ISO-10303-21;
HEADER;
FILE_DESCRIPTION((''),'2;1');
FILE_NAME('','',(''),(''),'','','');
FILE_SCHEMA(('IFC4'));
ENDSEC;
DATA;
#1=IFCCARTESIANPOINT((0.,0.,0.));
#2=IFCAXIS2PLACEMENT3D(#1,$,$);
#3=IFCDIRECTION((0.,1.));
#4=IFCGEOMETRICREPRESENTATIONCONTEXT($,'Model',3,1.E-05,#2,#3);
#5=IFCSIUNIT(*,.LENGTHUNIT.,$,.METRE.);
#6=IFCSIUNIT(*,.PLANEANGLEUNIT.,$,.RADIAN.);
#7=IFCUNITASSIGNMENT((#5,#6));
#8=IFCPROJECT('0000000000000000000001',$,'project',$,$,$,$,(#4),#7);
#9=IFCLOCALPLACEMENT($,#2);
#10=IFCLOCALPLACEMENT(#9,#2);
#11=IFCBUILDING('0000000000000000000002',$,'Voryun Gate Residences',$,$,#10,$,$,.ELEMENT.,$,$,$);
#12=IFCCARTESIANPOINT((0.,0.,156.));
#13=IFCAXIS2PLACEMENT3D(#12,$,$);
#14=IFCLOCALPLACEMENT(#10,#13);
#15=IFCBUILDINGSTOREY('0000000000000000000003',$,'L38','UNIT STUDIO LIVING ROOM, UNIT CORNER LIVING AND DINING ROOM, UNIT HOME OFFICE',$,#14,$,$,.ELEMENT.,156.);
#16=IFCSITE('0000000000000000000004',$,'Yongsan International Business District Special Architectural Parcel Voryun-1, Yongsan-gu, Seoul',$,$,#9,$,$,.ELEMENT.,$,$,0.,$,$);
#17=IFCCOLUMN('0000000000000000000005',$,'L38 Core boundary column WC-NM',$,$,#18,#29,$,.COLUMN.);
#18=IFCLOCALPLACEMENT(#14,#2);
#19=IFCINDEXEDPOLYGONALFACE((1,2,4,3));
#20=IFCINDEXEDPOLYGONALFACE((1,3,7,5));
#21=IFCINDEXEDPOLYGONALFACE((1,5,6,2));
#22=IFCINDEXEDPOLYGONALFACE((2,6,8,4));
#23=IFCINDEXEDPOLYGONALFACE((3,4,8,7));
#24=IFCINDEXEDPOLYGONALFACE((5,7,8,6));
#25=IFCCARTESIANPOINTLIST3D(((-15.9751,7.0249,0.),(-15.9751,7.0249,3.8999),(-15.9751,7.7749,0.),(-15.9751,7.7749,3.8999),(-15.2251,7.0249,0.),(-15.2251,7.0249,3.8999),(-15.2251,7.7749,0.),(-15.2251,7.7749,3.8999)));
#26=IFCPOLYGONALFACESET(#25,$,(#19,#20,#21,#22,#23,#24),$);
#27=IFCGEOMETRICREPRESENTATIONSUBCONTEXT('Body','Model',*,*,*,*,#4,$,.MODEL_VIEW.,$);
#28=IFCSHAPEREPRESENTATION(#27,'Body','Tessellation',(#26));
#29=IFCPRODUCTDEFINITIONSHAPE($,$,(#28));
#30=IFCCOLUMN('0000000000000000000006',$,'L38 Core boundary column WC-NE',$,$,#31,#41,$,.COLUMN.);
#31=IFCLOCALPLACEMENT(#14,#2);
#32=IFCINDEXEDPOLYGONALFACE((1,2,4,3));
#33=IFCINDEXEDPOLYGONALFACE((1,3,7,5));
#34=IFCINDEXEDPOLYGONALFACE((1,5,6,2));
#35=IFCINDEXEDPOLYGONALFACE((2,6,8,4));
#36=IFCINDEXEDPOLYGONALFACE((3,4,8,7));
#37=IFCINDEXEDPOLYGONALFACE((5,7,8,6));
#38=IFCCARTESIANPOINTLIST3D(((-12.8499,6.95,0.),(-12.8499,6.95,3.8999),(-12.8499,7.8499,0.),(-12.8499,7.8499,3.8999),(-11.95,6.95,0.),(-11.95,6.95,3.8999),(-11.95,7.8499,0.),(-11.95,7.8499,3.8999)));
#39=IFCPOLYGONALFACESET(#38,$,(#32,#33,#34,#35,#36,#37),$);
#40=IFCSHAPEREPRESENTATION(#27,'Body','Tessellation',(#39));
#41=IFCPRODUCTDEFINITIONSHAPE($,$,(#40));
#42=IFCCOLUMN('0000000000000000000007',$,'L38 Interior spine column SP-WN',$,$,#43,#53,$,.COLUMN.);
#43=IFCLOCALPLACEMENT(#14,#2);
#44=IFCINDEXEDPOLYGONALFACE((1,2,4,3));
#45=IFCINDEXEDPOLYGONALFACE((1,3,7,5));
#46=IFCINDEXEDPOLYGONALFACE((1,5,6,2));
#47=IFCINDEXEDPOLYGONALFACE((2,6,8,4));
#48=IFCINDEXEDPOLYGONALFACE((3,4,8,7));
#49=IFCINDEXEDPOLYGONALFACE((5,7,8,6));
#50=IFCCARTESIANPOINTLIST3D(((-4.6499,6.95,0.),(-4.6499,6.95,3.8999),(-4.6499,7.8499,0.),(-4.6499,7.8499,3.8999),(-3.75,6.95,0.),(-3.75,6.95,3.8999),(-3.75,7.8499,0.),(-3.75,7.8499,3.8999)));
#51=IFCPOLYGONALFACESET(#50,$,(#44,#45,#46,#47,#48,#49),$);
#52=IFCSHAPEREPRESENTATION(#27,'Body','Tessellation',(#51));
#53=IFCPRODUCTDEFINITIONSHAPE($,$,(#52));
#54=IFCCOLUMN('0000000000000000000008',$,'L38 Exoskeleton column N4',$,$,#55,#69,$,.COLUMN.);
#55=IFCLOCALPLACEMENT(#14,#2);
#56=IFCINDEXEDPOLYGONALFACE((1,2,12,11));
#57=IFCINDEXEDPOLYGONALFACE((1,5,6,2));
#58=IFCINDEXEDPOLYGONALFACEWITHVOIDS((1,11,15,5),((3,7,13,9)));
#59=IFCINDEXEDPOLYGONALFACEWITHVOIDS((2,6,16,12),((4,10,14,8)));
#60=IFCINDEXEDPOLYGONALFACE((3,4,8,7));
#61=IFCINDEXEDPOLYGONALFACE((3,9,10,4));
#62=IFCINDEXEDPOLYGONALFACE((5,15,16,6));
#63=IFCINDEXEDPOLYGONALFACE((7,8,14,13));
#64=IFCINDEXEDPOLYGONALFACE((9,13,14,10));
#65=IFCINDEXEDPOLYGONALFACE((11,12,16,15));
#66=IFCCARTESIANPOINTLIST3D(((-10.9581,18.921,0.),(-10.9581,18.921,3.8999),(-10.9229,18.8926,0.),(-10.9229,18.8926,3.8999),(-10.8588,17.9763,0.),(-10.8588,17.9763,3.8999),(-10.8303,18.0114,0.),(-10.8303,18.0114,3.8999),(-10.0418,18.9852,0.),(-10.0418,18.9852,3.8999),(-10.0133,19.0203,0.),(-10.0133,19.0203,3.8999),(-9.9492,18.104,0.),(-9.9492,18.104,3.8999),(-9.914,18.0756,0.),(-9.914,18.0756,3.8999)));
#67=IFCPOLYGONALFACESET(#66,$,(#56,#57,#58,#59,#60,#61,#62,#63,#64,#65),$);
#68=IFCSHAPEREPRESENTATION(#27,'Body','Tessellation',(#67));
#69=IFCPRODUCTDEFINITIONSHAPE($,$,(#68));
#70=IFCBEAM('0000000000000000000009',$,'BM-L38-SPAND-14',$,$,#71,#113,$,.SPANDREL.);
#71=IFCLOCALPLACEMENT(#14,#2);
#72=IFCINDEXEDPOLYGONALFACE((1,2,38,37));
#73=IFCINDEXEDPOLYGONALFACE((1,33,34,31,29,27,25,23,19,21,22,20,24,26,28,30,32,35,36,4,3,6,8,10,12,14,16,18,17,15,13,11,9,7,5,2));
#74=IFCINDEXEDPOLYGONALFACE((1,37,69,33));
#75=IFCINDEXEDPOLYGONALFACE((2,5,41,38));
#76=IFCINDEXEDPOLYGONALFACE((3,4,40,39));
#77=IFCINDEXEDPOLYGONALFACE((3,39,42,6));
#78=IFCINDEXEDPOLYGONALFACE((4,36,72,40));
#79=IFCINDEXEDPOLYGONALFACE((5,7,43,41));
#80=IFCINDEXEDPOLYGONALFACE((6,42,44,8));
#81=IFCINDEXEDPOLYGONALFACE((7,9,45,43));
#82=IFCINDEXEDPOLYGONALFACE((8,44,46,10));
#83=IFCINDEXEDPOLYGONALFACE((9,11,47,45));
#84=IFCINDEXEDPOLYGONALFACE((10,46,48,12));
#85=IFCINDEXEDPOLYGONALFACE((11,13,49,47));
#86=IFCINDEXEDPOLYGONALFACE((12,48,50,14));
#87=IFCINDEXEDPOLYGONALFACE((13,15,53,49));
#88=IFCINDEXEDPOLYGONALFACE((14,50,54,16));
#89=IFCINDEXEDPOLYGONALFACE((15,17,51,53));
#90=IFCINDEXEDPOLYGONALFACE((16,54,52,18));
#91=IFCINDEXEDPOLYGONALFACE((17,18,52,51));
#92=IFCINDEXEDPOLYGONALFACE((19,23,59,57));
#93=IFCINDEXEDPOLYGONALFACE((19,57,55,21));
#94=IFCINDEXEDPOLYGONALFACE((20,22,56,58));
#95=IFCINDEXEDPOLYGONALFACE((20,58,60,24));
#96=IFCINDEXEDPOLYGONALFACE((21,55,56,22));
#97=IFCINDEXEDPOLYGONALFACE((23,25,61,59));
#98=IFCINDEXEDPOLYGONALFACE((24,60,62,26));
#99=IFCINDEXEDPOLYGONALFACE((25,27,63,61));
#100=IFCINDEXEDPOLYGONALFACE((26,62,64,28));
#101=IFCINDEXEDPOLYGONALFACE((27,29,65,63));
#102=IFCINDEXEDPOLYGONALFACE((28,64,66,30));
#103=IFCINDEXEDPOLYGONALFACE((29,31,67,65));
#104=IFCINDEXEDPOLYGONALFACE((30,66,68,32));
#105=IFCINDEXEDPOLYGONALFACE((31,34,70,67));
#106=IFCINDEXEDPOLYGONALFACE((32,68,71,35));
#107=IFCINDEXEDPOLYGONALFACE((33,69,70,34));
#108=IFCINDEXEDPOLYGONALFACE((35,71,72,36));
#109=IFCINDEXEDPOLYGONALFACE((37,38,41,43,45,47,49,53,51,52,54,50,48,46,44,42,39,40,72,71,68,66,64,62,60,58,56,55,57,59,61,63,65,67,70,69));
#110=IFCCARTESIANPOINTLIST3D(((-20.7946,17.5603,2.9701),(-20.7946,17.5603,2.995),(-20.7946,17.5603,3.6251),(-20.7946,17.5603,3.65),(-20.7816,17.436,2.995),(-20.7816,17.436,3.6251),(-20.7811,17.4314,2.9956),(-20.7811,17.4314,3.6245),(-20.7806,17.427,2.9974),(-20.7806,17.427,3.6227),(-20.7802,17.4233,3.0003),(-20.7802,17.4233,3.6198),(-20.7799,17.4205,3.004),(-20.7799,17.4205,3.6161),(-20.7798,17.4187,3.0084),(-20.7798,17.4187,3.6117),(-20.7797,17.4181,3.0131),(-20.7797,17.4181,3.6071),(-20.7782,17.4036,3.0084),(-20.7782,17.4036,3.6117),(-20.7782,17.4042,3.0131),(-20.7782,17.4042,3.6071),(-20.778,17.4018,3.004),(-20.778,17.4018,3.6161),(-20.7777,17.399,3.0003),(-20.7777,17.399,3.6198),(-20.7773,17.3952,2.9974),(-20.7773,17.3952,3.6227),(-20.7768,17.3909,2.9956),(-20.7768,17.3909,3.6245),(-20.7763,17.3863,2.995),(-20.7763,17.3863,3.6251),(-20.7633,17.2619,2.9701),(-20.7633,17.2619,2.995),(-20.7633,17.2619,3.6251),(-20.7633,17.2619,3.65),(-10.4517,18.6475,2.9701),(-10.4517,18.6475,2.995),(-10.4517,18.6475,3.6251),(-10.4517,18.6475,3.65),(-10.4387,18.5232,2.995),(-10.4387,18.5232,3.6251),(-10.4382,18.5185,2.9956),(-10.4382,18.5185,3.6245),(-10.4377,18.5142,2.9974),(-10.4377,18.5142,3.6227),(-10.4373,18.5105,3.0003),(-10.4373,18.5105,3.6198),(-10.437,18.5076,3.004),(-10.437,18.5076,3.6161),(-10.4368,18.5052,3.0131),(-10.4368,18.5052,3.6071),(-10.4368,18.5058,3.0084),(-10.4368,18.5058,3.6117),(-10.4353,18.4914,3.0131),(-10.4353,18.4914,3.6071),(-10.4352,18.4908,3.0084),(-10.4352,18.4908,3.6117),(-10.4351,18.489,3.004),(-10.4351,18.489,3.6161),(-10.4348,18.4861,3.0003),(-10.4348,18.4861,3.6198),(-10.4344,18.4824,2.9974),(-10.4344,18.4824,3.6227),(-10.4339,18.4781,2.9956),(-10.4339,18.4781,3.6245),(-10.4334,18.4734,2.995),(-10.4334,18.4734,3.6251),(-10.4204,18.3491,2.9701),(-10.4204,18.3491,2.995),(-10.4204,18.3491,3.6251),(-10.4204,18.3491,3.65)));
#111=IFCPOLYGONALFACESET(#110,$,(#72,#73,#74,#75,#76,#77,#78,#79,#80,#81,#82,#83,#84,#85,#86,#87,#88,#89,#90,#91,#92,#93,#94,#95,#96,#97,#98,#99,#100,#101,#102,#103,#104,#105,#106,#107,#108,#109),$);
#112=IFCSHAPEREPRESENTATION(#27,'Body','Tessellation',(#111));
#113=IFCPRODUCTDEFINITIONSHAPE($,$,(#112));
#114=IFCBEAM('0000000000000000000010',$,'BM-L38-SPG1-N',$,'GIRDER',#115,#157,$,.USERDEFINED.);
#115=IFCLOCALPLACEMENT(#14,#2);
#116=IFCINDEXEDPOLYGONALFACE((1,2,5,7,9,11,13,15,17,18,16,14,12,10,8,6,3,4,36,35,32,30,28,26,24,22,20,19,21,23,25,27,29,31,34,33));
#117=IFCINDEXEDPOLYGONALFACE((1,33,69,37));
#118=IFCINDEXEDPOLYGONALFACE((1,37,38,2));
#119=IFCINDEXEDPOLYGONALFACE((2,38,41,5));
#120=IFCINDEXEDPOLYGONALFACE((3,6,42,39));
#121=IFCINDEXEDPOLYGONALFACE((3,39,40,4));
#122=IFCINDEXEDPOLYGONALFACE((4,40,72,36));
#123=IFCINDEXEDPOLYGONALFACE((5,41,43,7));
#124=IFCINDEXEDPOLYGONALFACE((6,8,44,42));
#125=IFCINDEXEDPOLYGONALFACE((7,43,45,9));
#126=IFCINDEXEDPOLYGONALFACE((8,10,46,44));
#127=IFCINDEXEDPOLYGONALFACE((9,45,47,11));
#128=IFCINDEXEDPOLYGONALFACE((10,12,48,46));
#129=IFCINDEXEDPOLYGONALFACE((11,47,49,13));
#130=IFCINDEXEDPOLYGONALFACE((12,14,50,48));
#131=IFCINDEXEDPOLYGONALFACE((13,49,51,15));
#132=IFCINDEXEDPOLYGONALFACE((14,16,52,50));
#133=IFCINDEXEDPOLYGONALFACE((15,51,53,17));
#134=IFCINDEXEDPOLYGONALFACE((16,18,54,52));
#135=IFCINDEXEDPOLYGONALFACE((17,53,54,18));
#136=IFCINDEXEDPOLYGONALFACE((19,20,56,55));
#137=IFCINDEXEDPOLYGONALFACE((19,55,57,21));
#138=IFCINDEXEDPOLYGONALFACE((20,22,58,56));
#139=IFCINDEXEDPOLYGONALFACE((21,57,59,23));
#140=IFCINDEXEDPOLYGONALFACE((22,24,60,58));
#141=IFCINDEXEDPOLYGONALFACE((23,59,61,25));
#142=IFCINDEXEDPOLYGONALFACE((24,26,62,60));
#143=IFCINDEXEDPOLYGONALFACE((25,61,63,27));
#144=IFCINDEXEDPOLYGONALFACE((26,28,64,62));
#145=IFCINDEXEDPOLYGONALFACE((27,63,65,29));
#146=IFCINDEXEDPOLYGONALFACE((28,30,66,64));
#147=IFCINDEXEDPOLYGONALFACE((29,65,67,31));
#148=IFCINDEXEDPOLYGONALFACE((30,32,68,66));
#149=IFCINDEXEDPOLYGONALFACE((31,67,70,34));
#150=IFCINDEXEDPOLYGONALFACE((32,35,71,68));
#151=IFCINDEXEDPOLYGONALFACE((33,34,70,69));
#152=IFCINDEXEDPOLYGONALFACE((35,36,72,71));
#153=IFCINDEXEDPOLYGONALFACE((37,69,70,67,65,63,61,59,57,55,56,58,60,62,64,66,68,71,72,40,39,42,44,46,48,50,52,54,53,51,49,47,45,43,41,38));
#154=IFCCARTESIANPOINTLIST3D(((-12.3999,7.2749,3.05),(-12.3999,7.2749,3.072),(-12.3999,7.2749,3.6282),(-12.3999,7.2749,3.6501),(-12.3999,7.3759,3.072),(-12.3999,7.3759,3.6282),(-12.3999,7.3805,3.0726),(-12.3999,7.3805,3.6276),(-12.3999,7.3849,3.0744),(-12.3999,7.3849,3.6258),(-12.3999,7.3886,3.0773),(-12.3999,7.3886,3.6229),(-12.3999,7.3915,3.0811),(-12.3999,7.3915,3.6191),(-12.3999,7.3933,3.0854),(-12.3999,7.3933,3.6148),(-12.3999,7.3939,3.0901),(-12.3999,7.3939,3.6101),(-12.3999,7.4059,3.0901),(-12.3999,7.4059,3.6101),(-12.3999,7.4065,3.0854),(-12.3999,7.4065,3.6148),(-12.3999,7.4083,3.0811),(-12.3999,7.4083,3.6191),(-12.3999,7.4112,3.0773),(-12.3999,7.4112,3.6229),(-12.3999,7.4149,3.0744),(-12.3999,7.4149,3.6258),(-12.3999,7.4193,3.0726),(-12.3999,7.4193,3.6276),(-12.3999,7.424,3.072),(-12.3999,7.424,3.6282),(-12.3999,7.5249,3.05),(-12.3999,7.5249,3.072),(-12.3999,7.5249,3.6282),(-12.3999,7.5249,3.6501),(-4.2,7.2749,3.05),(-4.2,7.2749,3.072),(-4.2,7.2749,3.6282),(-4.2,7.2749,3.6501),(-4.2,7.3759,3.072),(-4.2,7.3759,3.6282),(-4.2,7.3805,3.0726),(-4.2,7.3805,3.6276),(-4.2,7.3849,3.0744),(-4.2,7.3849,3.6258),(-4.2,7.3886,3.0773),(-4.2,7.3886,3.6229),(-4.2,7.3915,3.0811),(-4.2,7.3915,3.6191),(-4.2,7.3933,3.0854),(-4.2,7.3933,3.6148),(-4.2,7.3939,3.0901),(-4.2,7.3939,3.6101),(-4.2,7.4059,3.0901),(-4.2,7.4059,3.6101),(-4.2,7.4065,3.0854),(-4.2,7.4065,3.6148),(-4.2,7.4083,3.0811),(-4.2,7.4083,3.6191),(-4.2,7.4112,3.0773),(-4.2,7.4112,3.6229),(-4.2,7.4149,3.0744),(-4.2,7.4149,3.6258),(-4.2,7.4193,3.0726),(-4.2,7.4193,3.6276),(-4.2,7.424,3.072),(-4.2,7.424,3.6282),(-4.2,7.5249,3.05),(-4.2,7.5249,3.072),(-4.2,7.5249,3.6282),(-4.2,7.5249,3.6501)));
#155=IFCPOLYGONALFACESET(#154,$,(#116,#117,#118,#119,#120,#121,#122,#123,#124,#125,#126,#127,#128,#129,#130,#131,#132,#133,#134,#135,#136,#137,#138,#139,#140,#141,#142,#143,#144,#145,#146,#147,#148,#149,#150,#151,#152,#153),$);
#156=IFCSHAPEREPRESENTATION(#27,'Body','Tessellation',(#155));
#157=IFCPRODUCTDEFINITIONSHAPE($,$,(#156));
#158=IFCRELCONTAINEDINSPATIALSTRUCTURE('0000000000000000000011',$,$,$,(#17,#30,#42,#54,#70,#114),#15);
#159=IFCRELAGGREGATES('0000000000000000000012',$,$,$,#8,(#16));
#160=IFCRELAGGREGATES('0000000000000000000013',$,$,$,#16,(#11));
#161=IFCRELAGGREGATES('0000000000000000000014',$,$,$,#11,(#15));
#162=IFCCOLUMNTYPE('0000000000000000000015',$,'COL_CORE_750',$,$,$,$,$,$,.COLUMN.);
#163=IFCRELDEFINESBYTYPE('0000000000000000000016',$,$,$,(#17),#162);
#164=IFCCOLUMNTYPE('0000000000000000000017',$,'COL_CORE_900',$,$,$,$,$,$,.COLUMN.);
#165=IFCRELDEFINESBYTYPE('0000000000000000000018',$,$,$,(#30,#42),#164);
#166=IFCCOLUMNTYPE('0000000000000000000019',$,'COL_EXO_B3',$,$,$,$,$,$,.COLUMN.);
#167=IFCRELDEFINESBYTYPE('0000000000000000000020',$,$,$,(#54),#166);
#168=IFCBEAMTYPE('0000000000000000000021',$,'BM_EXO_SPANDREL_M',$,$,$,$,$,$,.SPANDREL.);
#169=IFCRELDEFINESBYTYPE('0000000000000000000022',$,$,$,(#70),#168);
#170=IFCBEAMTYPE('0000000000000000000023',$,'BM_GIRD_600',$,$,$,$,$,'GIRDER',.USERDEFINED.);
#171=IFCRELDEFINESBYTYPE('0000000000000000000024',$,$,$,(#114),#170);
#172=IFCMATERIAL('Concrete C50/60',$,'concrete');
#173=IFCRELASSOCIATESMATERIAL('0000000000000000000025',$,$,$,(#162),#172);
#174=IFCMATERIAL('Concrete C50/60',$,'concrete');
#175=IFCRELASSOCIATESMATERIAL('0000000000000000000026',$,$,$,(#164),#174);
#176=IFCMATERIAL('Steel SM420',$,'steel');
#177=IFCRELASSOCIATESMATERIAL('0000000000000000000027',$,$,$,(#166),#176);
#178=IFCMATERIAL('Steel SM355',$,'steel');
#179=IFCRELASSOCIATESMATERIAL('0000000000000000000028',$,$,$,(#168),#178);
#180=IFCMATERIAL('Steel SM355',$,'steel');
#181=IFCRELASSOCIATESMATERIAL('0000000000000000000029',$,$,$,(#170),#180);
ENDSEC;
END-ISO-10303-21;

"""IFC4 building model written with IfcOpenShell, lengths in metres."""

from ifc_helpers import new_model, si_unit, direction, frame, origin, origin_2d, place, context, subcontext, project, spatial, rectangle, hollow_rectangle, i_section, extrude, material, material_profile, profile_set, type_object, element, save


model = new_model("IFC4")

# Units and contexts
model_context = context("Model", 3, precision=1e-05, world=origin(), true_north=direction((0.0, 1.0)))
body_context = subcontext(model_context, "Body", "Model", "MODEL_VIEW")
ifc_project = project(units=[si_unit("LENGTHUNIT", "METRE"), si_unit("PLANEANGLEUNIT", "RADIAN")], contexts=[model_context])

# Site, building, storey
site_placement = place(None, origin())
site = spatial("IfcSite", under=ifc_project, at=site_placement, Name="Yongsan International Business District Special Architectural Parcel Voryun-1, Yongsan-gu, Seoul", CompositionType="ELEMENT", RefElevation=0.0)
building_placement = place(site_placement, origin())
building = spatial("IfcBuilding", under=site, at=building_placement, Name="Voryun Gate Residences", CompositionType="ELEMENT")
storey_placement = place(building_placement, frame((0.0, 0.0, 156.0)))
storey = spatial("IfcBuildingStorey", under=building, at=storey_placement, Name="L38", Description="UNIT STUDIO LIVING ROOM, UNIT CORNER LIVING AND DINING ROOM, UNIT HOME OFFICE", CompositionType="ELEMENT", Elevation=156.0)

# Columns
ifc_material_1 = material(Name="Concrete C50/60", Category="concrete")
ifc_material_profile_1 = material_profile(ifc_material_1, rectangle(XDim=0.75, YDim=0.75, at=origin_2d()), Name="RC-750x750")
ifc_profile_set_1 = profile_set([ifc_material_profile_1], Name="Concrete C50/60")
column_type_1 = type_object("IfcColumnType", Name="COL_CORE_750", PredefinedType="COLUMN", material=ifc_profile_set_1)
column_1_placement = place(storey_placement, frame((-15.6001, 7.3999, 0.0), z_axis=(0.0, 0.0, 1.0), x_axis=(1.0, 0.0, 0.0)))
element("IfcColumn", 1, at=column_1_placement, inside=storey, type_object=column_type_1, Name="L38 Core boundary column WC-NM", PredefinedType="COLUMN", context=body_context, shape_type="SweptSolid", body=[
    extrude(rectangle(XDim=0.75, YDim=0.75, at=origin_2d()), origin(), (0.0, 0.0, 1.0), 3.8999),
])
ifc_material_2 = material(Name="Concrete C50/60", Category="concrete")
ifc_material_profile_2 = material_profile(ifc_material_2, rectangle(XDim=0.8999, YDim=0.8999, at=origin_2d()), Name="RC-900x900")
ifc_profile_set_2 = profile_set([ifc_material_profile_2], Name="Concrete C50/60")
column_type_2 = type_object("IfcColumnType", Name="COL_CORE_900", PredefinedType="COLUMN", material=ifc_profile_set_2)
for number, where, z_axis, x_axis, name in (
    (2, (-12.3999, 7.3999, 0.0), (0.0, 0.0, 1.0), (1.0, 0.0, 0.0), "L38 Core boundary column WC-NE"),
    (3, (-4.2, 7.3999, 0.0), (0.0, 0.0, 1.0), (1.0, 0.0, 0.0), "L38 Interior spine column SP-WN"),
):
    element("IfcColumn", number, at=place(storey_placement, frame(where, z_axis=z_axis, x_axis=x_axis)), inside=storey, type_object=column_type_2, Name=name, PredefinedType="COLUMN", context=body_context, shape_type="SweptSolid", body=[
        extrude(rectangle(XDim=0.8999, YDim=0.8999, at=origin_2d()), origin(), (0.0, 0.0, 1.0), 3.8999),
    ])
ifc_material_3 = material(Name="Steel SM420", Category="steel")
ifc_material_profile_3 = material_profile(ifc_material_3, hollow_rectangle(XDim=0.95, YDim=0.95, WallThickness=0.032, at=origin_2d()), Name="BOX-950x950x32")
ifc_profile_set_3 = profile_set([ifc_material_profile_3], Name="Steel SM420")
column_type_3 = type_object("IfcColumnType", Name="COL_EXO_B3", PredefinedType="COLUMN", material=ifc_profile_set_3)
column_2_placement = place(storey_placement, frame((-10.436, 18.4983, 0.0), z_axis=(0.0, 0.0, 1.0), x_axis=(0.994522, 0.104528, 0.0)))
element("IfcColumn", 4, at=column_2_placement, inside=storey, type_object=column_type_3, Name="L38 Exoskeleton column N4", PredefinedType="COLUMN", context=body_context, shape_type="SweptSolid", body=[
    extrude(hollow_rectangle(XDim=0.95, YDim=0.95, WallThickness=0.032, at=origin_2d()), origin(), (0.0, 0.0, 1.0), 3.8999),
])

# Beams
ifc_material_4 = material(Name="Steel SM355", Category="steel")
ifc_material_profile_4 = material_profile(ifc_material_4, i_section(OverallWidth=0.3, OverallDepth=0.6799, WebThickness=0.0139, FlangeThickness=0.0249, FilletRadius=0.0181, at=origin_2d()), Name="H-680x300x14x25")
ifc_profile_set_4 = profile_set([ifc_material_profile_4], Name="Steel SM355")
beam_type_1 = type_object("IfcBeamType", Name="BM_EXO_SPANDREL_M", PredefinedType="SPANDREL", material=ifc_profile_set_4)
beam_1_placement = place(storey_placement, frame((-10.436, 18.4983, 3.3101), z_axis=(-0.994521, -0.104534, 0.0), x_axis=(0.104534, -0.994521, 0.0)))
element("IfcBeam", 5, at=beam_1_placement, inside=storey, type_object=beam_type_1, Name="BM-L38-SPAND-14", PredefinedType="SPANDREL", context=body_context, shape_type="SweptSolid", body=[
    extrude(i_section(OverallWidth=0.3, OverallDepth=0.6799, WebThickness=0.0139, FlangeThickness=0.0249, FilletRadius=0.0181, at=origin_2d()), origin(), (0.0, 0.0, 1.0), 10.3999),
])
ifc_material_5 = material(Name="Steel SM355", Category="steel")
ifc_material_profile_5 = material_profile(ifc_material_5, i_section(OverallWidth=0.25, OverallDepth=0.6001, WebThickness=0.012, FlangeThickness=0.022, FilletRadius=0.0181, at=origin_2d()), Name="H-600x250x12x22")
ifc_profile_set_5 = profile_set([ifc_material_profile_5], Name="Steel SM355")
beam_type_2 = type_object("IfcBeamType", Name="BM_GIRD_600", ElementType="GIRDER", PredefinedType="USERDEFINED", material=ifc_profile_set_5)
beam_2_placement = place(storey_placement, frame((-12.3999, 7.3999, 3.3501), z_axis=(1.0, 0.0, 0.0), x_axis=(0.0, 1.0, 0.0)))
element("IfcBeam", 6, at=beam_2_placement, inside=storey, type_object=beam_type_2, Name="BM-L38-SPG1-N", ObjectType="GIRDER", PredefinedType="USERDEFINED", context=body_context, shape_type="SweptSolid", body=[
    extrude(i_section(OverallWidth=0.25, OverallDepth=0.6001, WebThickness=0.012, FlangeThickness=0.022, FilletRadius=0.0181, at=origin_2d()), origin(), (0.0, 0.0, 1.0), 8.2),
])

save(model, "model.ifc")
